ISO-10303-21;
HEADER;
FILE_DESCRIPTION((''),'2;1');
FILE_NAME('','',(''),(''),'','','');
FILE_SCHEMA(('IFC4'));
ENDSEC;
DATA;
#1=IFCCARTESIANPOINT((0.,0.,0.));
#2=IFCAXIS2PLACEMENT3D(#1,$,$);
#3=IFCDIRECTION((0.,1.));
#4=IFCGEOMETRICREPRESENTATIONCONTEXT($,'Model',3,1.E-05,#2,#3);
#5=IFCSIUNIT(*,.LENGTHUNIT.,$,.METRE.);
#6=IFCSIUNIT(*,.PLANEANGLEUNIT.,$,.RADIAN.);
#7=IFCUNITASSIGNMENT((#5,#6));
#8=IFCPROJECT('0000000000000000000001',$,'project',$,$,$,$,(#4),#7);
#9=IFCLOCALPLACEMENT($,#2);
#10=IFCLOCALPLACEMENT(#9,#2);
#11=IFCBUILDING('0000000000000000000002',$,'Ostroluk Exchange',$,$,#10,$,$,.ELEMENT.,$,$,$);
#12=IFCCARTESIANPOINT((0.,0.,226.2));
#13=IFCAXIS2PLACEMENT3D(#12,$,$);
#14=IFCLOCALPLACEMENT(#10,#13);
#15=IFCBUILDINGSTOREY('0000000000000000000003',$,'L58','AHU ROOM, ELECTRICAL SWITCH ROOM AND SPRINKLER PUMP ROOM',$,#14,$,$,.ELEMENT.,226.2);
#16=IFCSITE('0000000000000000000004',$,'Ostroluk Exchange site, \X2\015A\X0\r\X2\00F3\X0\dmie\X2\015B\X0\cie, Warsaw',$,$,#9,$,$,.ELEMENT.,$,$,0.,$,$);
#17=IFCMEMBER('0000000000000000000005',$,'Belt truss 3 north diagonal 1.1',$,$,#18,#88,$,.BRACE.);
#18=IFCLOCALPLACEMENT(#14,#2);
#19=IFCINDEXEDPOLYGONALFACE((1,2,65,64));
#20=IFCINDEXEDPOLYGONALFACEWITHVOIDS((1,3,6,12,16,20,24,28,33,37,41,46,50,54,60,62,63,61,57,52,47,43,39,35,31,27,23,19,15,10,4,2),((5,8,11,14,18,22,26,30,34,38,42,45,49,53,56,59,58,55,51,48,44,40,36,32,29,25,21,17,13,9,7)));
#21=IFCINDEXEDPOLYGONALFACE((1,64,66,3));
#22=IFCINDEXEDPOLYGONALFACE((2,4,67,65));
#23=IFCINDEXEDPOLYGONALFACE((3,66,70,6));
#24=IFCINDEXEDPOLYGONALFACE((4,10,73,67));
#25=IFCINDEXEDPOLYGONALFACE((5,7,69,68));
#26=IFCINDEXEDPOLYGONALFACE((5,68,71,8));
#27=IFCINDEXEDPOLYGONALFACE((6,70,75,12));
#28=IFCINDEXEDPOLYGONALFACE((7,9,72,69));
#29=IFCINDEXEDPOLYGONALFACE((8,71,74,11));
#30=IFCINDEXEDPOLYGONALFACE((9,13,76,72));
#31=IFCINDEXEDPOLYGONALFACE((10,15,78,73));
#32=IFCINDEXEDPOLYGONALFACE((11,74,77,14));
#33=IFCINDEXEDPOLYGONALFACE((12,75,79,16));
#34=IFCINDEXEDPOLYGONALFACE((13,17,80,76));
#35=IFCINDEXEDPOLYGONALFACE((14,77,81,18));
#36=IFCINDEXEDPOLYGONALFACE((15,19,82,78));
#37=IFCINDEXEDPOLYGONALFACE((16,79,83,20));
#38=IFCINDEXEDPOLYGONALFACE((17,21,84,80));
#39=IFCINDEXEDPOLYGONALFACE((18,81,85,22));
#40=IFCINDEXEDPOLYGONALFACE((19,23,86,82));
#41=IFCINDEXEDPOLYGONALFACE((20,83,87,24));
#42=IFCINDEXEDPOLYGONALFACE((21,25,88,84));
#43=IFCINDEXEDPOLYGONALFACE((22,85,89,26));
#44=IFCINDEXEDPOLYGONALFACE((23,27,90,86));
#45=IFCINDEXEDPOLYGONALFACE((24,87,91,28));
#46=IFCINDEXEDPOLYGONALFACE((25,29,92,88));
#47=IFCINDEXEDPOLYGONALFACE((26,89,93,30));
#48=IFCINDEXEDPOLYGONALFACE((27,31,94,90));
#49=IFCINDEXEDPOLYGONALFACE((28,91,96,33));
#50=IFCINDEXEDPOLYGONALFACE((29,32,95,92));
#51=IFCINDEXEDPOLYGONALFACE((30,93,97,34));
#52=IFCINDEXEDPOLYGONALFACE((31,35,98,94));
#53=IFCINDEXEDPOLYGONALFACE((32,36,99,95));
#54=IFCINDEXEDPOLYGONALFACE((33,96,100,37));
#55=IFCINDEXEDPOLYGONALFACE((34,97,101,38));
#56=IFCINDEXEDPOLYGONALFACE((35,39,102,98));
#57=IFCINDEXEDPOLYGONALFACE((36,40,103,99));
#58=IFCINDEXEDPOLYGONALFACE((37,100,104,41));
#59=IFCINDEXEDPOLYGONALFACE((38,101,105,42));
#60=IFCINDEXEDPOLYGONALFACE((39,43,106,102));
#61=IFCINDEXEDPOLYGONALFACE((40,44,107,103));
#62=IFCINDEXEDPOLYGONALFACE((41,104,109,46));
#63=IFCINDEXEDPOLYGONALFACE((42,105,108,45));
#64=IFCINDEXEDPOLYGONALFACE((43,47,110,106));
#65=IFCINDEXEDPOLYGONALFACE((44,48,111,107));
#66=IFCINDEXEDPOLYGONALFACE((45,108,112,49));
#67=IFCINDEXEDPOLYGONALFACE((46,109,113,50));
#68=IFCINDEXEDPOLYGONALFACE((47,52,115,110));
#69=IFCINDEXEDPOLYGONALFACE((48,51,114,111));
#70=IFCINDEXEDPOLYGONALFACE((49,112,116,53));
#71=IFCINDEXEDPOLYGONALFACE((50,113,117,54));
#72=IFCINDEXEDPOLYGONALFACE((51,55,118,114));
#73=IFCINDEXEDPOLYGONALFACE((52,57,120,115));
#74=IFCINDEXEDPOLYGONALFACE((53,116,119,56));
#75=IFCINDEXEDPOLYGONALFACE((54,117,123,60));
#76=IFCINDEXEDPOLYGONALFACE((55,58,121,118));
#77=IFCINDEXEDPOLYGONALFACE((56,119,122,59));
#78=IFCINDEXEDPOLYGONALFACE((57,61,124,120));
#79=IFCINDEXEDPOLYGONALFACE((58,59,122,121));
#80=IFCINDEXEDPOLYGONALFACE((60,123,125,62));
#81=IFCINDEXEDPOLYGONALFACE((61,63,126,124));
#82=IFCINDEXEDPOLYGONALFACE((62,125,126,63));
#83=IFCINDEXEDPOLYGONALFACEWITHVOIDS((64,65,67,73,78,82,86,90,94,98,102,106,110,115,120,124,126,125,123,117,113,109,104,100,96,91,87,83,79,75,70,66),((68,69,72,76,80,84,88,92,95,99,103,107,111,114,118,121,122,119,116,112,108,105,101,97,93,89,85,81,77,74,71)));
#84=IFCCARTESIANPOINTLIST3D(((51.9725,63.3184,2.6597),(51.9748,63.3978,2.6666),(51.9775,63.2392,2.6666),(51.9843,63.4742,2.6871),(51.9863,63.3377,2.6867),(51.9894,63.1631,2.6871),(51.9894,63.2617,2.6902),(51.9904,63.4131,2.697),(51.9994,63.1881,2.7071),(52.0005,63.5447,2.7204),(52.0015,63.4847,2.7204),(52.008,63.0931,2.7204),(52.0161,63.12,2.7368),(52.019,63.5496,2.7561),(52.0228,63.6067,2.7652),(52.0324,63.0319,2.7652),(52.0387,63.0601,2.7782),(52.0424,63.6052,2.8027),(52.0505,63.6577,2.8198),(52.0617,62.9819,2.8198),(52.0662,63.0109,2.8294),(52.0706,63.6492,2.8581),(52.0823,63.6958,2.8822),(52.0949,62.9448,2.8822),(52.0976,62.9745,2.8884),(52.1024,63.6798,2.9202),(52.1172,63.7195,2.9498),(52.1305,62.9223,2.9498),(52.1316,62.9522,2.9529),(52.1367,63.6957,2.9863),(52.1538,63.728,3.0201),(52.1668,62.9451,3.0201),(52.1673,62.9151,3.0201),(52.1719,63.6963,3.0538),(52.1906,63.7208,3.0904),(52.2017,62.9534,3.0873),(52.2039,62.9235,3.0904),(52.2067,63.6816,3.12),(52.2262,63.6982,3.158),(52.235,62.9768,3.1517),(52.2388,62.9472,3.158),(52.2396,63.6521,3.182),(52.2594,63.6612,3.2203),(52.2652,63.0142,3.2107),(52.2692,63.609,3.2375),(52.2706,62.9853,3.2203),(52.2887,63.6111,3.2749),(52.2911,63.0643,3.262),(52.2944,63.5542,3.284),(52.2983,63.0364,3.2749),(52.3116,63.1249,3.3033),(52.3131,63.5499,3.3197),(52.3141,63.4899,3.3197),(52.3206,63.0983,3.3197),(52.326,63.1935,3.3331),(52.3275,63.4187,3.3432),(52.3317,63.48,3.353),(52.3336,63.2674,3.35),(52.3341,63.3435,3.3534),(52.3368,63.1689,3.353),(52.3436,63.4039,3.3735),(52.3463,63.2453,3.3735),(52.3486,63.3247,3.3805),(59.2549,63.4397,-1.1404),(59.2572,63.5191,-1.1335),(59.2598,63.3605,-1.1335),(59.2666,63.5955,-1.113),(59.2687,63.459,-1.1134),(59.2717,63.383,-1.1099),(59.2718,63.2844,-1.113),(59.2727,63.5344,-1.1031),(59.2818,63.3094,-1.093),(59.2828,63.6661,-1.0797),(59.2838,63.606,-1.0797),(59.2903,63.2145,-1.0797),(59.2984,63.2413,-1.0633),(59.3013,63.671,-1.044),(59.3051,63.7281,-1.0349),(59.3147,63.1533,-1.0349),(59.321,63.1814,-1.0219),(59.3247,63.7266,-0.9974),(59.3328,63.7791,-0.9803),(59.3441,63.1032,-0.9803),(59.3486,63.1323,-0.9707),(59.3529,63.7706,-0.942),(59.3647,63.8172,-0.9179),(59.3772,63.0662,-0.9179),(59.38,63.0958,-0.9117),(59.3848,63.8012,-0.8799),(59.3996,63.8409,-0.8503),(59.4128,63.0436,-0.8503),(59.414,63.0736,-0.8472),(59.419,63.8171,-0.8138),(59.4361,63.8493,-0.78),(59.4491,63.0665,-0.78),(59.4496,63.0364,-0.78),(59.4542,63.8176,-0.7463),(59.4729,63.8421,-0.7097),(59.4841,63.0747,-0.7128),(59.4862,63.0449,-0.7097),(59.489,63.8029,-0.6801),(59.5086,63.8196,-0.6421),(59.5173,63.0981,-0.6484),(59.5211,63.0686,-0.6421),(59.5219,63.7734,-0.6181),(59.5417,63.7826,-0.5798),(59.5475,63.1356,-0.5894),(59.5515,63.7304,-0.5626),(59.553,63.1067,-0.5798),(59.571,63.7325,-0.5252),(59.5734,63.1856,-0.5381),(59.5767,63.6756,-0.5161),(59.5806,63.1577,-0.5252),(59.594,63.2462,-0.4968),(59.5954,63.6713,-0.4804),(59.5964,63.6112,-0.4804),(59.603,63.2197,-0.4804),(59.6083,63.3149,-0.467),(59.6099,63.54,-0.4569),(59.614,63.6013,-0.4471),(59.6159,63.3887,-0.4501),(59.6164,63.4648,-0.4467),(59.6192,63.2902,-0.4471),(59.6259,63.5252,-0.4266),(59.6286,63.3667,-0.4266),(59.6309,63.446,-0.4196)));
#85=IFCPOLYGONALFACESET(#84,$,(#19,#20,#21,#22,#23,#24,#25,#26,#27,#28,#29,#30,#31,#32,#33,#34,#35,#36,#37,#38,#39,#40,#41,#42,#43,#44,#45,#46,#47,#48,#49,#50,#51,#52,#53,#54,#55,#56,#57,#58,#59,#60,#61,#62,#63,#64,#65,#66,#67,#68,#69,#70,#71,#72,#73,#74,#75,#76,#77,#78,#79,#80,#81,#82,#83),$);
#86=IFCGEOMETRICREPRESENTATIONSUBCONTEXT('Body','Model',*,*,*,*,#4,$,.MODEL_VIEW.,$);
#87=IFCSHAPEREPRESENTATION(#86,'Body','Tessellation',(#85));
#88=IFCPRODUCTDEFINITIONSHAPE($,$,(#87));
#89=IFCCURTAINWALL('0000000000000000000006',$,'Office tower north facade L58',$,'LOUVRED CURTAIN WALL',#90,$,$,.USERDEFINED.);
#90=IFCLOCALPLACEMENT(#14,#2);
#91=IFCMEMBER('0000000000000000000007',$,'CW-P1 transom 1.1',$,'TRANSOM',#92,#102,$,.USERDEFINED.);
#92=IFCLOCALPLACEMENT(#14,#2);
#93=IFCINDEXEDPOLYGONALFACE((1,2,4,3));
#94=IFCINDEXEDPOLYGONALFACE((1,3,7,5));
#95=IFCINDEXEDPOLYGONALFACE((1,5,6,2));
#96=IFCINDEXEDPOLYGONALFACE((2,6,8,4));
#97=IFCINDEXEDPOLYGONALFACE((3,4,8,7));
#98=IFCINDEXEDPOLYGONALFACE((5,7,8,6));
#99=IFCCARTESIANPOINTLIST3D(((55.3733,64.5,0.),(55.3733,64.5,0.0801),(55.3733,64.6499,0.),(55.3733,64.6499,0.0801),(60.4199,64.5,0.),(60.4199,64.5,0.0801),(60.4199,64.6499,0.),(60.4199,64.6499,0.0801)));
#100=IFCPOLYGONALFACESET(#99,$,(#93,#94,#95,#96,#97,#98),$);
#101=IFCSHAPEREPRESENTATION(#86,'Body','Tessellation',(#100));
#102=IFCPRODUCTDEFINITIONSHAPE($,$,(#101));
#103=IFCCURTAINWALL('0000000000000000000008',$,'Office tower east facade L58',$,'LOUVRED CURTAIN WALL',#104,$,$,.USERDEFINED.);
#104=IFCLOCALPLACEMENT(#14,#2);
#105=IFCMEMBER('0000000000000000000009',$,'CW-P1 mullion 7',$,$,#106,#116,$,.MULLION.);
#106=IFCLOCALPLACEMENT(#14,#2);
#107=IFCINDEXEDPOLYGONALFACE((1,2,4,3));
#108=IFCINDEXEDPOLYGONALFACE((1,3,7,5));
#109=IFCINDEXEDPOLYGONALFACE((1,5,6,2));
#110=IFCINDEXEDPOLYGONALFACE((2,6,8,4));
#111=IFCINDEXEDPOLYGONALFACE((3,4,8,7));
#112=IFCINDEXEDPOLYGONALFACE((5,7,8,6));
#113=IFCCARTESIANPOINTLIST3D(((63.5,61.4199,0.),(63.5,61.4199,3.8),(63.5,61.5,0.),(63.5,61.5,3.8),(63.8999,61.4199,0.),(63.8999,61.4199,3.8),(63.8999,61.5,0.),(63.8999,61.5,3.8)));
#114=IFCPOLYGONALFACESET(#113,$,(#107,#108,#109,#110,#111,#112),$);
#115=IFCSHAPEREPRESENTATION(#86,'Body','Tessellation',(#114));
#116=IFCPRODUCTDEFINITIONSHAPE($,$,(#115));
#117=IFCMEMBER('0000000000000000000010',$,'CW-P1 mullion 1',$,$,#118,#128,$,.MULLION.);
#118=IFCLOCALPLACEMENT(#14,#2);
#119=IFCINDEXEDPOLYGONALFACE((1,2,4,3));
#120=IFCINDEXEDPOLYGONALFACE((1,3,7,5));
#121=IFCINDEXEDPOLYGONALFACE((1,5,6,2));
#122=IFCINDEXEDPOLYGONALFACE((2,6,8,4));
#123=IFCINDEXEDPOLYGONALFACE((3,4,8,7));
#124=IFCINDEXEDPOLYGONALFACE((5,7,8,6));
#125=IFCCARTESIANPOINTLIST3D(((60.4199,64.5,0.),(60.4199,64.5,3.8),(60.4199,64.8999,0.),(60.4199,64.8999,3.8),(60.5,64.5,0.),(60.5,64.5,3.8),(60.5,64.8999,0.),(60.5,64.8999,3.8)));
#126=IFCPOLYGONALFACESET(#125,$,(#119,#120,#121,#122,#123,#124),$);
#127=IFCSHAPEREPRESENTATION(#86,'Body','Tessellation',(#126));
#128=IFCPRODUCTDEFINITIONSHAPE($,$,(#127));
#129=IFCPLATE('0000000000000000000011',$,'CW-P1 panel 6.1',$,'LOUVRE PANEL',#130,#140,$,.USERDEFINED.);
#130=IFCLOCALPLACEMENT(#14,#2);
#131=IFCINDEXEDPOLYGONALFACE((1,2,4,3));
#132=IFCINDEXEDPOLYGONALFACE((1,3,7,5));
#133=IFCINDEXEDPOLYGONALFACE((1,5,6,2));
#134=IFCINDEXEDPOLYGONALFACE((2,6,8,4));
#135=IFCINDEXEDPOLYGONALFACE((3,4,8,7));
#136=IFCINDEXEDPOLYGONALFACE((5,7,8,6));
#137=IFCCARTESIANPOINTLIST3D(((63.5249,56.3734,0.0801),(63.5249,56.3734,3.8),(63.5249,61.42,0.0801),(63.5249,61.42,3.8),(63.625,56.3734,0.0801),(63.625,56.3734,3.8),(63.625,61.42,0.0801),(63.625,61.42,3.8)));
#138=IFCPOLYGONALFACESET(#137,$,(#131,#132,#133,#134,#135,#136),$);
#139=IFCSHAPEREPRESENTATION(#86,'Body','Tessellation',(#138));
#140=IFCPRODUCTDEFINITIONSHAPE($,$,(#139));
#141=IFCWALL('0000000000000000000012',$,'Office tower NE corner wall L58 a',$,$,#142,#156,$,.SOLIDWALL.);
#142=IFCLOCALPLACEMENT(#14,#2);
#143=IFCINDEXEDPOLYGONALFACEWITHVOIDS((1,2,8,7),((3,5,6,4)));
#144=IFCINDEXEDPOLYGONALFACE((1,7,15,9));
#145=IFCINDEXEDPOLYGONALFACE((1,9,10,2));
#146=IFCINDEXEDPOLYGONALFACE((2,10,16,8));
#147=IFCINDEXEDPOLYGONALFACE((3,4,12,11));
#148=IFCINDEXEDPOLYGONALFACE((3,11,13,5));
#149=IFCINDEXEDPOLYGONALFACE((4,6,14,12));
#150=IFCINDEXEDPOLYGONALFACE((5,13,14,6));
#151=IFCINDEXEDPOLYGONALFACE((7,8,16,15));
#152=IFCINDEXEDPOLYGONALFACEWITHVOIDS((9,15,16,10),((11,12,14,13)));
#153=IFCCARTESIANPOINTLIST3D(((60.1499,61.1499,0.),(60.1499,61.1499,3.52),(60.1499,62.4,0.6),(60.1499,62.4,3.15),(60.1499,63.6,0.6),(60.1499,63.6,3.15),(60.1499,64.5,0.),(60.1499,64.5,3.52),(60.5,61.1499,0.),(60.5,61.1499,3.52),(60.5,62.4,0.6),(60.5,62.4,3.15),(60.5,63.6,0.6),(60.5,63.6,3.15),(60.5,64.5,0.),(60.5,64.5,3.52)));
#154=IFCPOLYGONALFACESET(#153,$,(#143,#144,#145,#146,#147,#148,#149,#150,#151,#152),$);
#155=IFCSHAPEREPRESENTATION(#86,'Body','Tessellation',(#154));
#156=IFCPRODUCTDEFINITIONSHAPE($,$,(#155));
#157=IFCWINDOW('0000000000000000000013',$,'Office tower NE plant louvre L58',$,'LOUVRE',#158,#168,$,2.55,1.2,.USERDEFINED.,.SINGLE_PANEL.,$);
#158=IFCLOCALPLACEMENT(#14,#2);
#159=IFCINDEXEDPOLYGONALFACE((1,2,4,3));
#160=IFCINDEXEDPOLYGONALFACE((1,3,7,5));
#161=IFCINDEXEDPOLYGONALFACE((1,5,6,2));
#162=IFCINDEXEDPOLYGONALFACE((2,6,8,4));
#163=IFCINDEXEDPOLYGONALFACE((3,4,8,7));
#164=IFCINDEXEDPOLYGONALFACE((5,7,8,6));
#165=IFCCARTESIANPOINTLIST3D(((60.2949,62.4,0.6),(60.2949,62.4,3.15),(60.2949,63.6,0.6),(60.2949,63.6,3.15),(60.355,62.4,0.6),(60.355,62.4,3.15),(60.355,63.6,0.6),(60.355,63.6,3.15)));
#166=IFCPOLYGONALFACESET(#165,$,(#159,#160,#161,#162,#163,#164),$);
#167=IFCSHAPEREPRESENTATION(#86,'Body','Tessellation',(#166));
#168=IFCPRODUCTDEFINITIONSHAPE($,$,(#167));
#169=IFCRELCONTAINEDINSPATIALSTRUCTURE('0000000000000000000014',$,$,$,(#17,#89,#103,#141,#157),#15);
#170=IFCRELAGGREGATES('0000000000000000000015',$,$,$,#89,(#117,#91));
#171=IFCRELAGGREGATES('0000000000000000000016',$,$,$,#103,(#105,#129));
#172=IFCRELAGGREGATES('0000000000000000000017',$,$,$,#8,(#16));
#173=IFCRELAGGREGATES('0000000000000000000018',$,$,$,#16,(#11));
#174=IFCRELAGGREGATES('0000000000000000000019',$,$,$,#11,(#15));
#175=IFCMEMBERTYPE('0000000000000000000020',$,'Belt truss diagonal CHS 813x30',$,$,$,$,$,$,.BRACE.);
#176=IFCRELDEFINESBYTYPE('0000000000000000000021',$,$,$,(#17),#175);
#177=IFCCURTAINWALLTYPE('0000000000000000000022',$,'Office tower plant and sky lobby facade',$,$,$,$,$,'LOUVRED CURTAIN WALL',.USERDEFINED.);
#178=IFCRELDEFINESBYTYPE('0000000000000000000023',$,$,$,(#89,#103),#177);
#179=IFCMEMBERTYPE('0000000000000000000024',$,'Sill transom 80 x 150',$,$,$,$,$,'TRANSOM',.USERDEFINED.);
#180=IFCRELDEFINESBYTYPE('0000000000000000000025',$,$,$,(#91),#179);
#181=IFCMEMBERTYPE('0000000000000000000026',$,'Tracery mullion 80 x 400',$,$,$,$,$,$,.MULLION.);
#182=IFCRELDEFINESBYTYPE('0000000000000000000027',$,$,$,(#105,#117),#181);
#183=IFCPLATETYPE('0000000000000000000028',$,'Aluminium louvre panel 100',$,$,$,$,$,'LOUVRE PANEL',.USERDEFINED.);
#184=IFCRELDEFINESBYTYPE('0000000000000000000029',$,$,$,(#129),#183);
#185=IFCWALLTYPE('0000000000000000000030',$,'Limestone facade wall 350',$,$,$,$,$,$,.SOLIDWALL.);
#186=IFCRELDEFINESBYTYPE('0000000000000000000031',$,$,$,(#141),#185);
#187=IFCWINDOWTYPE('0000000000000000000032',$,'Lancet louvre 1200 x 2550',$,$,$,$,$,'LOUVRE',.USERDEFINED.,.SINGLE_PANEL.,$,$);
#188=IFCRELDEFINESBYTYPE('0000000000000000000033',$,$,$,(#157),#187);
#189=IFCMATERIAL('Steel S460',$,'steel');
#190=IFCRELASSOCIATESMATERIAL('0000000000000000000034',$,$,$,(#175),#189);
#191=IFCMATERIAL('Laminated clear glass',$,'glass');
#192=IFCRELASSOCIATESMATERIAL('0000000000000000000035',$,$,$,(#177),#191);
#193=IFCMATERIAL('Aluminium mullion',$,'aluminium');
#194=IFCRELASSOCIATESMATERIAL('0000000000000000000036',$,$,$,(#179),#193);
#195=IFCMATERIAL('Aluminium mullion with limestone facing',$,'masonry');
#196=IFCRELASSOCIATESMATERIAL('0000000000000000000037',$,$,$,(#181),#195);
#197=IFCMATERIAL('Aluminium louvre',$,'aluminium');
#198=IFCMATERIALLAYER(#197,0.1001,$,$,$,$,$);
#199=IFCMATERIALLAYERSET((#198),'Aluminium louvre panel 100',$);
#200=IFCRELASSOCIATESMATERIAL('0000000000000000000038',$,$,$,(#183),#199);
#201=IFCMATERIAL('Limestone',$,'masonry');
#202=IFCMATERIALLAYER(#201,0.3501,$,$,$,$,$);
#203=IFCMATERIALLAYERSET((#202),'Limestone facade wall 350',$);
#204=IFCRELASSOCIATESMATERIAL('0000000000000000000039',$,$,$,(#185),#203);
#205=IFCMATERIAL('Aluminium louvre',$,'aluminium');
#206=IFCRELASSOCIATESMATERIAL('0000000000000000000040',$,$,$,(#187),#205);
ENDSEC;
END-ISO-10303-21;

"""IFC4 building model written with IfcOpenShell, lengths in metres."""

from ifc_helpers import new_model, si_unit, direction, frame, frame_2d, origin, origin_2d, place, context, subcontext, project, spatial, rectangle, hollow_circle, extrude, material, layer, layer_set, material_profile, profile_set, type_object, element, fill, aggregate, save


model = new_model("IFC4")

# Units and contexts
model_context = context("Model", 3, precision=1e-05, world=origin(), true_north=direction((0.0, 1.0)))
body_context = subcontext(model_context, "Body", "Model", "MODEL_VIEW")
ifc_project = project(units=[si_unit("LENGTHUNIT", "METRE"), si_unit("PLANEANGLEUNIT", "RADIAN")], contexts=[model_context])

# Site, building, storey
site_placement = place(None, origin())
site = spatial("IfcSite", under=ifc_project, at=site_placement, Name="Ostroluk Exchange site, Śródmieście, Warsaw", CompositionType="ELEMENT", RefElevation=0.0)
building_placement = place(site_placement, origin())
building = spatial("IfcBuilding", under=site, at=building_placement, Name="Ostroluk Exchange", CompositionType="ELEMENT")
storey_placement = place(building_placement, frame((0.0, 0.0, 226.2)))
storey = spatial("IfcBuildingStorey", under=building, at=storey_placement, Name="L58", Description="AHU ROOM, ELECTRICAL SWITCH ROOM AND SPRINKLER PUMP ROOM", CompositionType="ELEMENT", Elevation=226.2)

# Member
ifc_material_1 = material(Name="Steel S460", Category="steel")
ifc_material_profile_1 = material_profile(ifc_material_1, hollow_circle(Radius=0.4065, WallThickness=0.03, at=origin_2d()), Name="CHS 813x30")
ifc_profile_set_1 = profile_set([ifc_material_profile_1], Name="Steel S460")
member_type_1 = type_object("IfcMemberType", Name="Belt truss diagonal CHS 813x30", PredefinedType="BRACE", material=ifc_profile_set_1)
for number, where, z_axis, x_axis, name in (
    (1, (59.4429, 63.4429, -0.78), (-0.886457, -0.01477, 0.462575), (0.01666, -0.999861, 0.0), "Belt truss 3 north diagonal 1.1"),
):
    element("IfcMember", number, at=place(storey_placement, frame(where, z_axis=z_axis, x_axis=x_axis)), inside=storey, type_object=member_type_1, Name=name, PredefinedType="BRACE", context=body_context, shape_type="SweptSolid", body=[
        extrude(hollow_circle(Radius=0.4065, WallThickness=0.03, at=origin_2d()), origin(), (0.0, 0.0, 1.0), 8.2151),
    ])

# Curtain walls, members
ifc_material_2 = material(Name="Laminated clear glass", Category="glass")
curtain_wall_type = type_object("IfcCurtainWallType", Name="Office tower plant and sky lobby facade", ElementType="LOUVRED CURTAIN WALL", PredefinedType="USERDEFINED", material=ifc_material_2)
curtain_wall_1_placement = place(storey_placement, origin())
curtain_wall_1 = element("IfcCurtainWall", 2, at=curtain_wall_1_placement, inside=storey, type_object=curtain_wall_type, Name="Office tower north facade L58", ObjectType="LOUVRED CURTAIN WALL", PredefinedType="USERDEFINED")
ifc_material_3 = material(Name="Aluminium mullion", Category="aluminium")
ifc_material_profile_2 = material_profile(ifc_material_3, rectangle(XDim=0.1499, YDim=0.0801, at=origin_2d()), Name="Sill transom 80 x 150")
ifc_profile_set_2 = profile_set([ifc_material_profile_2], Name="Aluminium mullion")
member_type_2 = type_object("IfcMemberType", Name="Sill transom 80 x 150", ElementType="TRANSOM", PredefinedType="USERDEFINED", material=ifc_profile_set_2)
member_1_placement = place(storey_placement, frame((60.4199, 64.575, 0.04), z_axis=(-1.0, 0.0, 0.0), x_axis=(0.0, -1.0, 0.0)))
member_1 = element("IfcMember", 3, at=member_1_placement, type_object=member_type_2, Name="CW-P1 transom 1.1", ObjectType="TRANSOM", PredefinedType="USERDEFINED", context=body_context, shape_type="SweptSolid", body=[
    extrude(rectangle(XDim=0.1499, YDim=0.0801, at=origin_2d()), origin(), (0.0, 0.0, 1.0), 5.0466),
])
curtain_wall_2_placement = place(storey_placement, origin())
curtain_wall_2 = element("IfcCurtainWall", 4, at=curtain_wall_2_placement, inside=storey, type_object=curtain_wall_type, Name="Office tower east facade L58", ObjectType="LOUVRED CURTAIN WALL", PredefinedType="USERDEFINED")
ifc_material_4 = material(Name="Aluminium mullion with limestone facing", Category="masonry")
ifc_material_profile_3 = material_profile(ifc_material_4, rectangle(XDim=0.3999, YDim=0.0801, at=origin_2d()), Name="Tracery mullion 80 x 400")
ifc_profile_set_3 = profile_set([ifc_material_profile_3], Name="Aluminium mullion with limestone facing")
member_type_3 = type_object("IfcMemberType", Name="Tracery mullion 80 x 400", PredefinedType="MULLION", material=ifc_profile_set_3)
member_2_placement = place(storey_placement, frame((63.7, 61.46, 0.0), z_axis=(0.0, 0.0, 1.0), x_axis=(-1.0, 0.0, 0.0)))
member_2 = element("IfcMember", 5, at=member_2_placement, type_object=member_type_3, Name="CW-P1 mullion 7", PredefinedType="MULLION", context=body_context, shape_type="SweptSolid", body=[
    extrude(rectangle(XDim=0.3999, YDim=0.0801, at=origin_2d()), origin(), (0.0, 0.0, 1.0), 3.8),
])

# Member
member_3_placement = place(storey_placement, frame((60.46, 64.7, 0.0), z_axis=(0.0, 0.0, 1.0), x_axis=(0.0, -1.0, 0.0)))
member_3 = element("IfcMember", 6, at=member_3_placement, type_object=member_type_3, Name="CW-P1 mullion 1", PredefinedType="MULLION", context=body_context, shape_type="SweptSolid", body=[
    extrude(rectangle(XDim=0.3999, YDim=0.0801, at=origin_2d()), origin(), (0.0, 0.0, 1.0), 3.8),
])
aggregate(curtain_wall_1, [member_3, member_1])

# Plate
ifc_material_5 = material(Name="Aluminium louvre", Category="aluminium")
ifc_layer_1 = layer(ifc_material_5, 0.1001)
ifc_layer_set_1 = layer_set([ifc_layer_1], Name="Aluminium louvre panel 100")
plate_type = type_object("IfcPlateType", Name="Aluminium louvre panel 100", ElementType="LOUVRE PANEL", PredefinedType="USERDEFINED", material=ifc_layer_set_1)
plate_placement = place(storey_placement, frame((63.575, 58.8967, 0.0801), z_axis=(0.0, 0.0, 1.0), x_axis=(0.0, 1.0, 0.0)))
plate = element("IfcPlate", 7, at=plate_placement, type_object=plate_type, Name="CW-P1 panel 6.1", ObjectType="LOUVRE PANEL", PredefinedType="USERDEFINED", context=body_context, shape_type="SweptSolid", body=[
    extrude(rectangle(XDim=5.0466, YDim=0.1001, at=origin_2d()), origin(), (0.0, 0.0, 1.0), 3.72),
])
aggregate(curtain_wall_2, [member_2, plate])

# Wall, opening, window
ifc_material_6 = material(Name="Limestone", Category="masonry")
ifc_layer_2 = layer(ifc_material_6, 0.3501)
ifc_layer_set_2 = layer_set([ifc_layer_2], Name="Limestone facade wall 350")
wall_type_1 = type_object("IfcWallType", Name="Limestone facade wall 350", PredefinedType="SOLIDWALL", material=ifc_layer_set_2)
wall_1_placement = place(storey_placement, frame((60.325, 64.5, 0.0), z_axis=(0.0, 0.0, 1.0), x_axis=(0.0, -1.0, 0.0)))
wall_1 = element("IfcWall", 8, at=wall_1_placement, inside=storey, type_object=wall_type_1, Name="Office tower NE corner wall L58 a", PredefinedType="SOLIDWALL", context=body_context, shape_type="SweptSolid", body=[
    extrude(rectangle(XDim=3.3501, YDim=0.3501, at=frame_2d((1.675, 0.0))), origin(), (0.0, 0.0, 1.0), 3.52),
])
opening_1_placement = place(wall_1_placement, frame((0.8999, 0.0, 0.6001)))
opening_1 = element("IfcOpeningElement", 9, at=opening_1_placement, cuts=wall_1, PredefinedType="OPENING", context=body_context, shape_type="SweptSolid", body=[
    extrude(rectangle(XDim=1.2, YDim=2.55, at=frame_2d((0.6001, 1.2749))), frame((0.0, 0.1851, 0.0), z_axis=(0.0, -1.0, 0.0), x_axis=(1.0, 0.0, 0.0)), (0.0, 0.0, 1.0), 0.3701),
])
ifc_material_7 = material(Name="Aluminium louvre", Category="aluminium")
window_type = type_object("IfcWindowType", Name="Lancet louvre 1200 x 2550", ElementType="LOUVRE", PartitioningType="SINGLE_PANEL", PredefinedType="USERDEFINED", material=ifc_material_7)
window_placement = place(opening_1_placement, origin())
window = element("IfcWindow", 10, at=window_placement, inside=storey, type_object=window_type, Name="Office tower NE plant louvre L58", ObjectType="LOUVRE", OverallHeight=2.55, OverallWidth=1.2, PartitioningType="SINGLE_PANEL", PredefinedType="USERDEFINED", context=body_context, shape_type="SweptSolid", body=[
    extrude(rectangle(XDim=1.2, YDim=2.55, at=frame_2d((0.6001, 1.2749))), frame((0.0, 0.03, 0.0), z_axis=(0.0, -1.0, 0.0), x_axis=(1.0, 0.0, 0.0)), (0.0, 0.0, 1.0), 0.0601),
])
fill(opening_1, window)

save(model, "model.ifc")
